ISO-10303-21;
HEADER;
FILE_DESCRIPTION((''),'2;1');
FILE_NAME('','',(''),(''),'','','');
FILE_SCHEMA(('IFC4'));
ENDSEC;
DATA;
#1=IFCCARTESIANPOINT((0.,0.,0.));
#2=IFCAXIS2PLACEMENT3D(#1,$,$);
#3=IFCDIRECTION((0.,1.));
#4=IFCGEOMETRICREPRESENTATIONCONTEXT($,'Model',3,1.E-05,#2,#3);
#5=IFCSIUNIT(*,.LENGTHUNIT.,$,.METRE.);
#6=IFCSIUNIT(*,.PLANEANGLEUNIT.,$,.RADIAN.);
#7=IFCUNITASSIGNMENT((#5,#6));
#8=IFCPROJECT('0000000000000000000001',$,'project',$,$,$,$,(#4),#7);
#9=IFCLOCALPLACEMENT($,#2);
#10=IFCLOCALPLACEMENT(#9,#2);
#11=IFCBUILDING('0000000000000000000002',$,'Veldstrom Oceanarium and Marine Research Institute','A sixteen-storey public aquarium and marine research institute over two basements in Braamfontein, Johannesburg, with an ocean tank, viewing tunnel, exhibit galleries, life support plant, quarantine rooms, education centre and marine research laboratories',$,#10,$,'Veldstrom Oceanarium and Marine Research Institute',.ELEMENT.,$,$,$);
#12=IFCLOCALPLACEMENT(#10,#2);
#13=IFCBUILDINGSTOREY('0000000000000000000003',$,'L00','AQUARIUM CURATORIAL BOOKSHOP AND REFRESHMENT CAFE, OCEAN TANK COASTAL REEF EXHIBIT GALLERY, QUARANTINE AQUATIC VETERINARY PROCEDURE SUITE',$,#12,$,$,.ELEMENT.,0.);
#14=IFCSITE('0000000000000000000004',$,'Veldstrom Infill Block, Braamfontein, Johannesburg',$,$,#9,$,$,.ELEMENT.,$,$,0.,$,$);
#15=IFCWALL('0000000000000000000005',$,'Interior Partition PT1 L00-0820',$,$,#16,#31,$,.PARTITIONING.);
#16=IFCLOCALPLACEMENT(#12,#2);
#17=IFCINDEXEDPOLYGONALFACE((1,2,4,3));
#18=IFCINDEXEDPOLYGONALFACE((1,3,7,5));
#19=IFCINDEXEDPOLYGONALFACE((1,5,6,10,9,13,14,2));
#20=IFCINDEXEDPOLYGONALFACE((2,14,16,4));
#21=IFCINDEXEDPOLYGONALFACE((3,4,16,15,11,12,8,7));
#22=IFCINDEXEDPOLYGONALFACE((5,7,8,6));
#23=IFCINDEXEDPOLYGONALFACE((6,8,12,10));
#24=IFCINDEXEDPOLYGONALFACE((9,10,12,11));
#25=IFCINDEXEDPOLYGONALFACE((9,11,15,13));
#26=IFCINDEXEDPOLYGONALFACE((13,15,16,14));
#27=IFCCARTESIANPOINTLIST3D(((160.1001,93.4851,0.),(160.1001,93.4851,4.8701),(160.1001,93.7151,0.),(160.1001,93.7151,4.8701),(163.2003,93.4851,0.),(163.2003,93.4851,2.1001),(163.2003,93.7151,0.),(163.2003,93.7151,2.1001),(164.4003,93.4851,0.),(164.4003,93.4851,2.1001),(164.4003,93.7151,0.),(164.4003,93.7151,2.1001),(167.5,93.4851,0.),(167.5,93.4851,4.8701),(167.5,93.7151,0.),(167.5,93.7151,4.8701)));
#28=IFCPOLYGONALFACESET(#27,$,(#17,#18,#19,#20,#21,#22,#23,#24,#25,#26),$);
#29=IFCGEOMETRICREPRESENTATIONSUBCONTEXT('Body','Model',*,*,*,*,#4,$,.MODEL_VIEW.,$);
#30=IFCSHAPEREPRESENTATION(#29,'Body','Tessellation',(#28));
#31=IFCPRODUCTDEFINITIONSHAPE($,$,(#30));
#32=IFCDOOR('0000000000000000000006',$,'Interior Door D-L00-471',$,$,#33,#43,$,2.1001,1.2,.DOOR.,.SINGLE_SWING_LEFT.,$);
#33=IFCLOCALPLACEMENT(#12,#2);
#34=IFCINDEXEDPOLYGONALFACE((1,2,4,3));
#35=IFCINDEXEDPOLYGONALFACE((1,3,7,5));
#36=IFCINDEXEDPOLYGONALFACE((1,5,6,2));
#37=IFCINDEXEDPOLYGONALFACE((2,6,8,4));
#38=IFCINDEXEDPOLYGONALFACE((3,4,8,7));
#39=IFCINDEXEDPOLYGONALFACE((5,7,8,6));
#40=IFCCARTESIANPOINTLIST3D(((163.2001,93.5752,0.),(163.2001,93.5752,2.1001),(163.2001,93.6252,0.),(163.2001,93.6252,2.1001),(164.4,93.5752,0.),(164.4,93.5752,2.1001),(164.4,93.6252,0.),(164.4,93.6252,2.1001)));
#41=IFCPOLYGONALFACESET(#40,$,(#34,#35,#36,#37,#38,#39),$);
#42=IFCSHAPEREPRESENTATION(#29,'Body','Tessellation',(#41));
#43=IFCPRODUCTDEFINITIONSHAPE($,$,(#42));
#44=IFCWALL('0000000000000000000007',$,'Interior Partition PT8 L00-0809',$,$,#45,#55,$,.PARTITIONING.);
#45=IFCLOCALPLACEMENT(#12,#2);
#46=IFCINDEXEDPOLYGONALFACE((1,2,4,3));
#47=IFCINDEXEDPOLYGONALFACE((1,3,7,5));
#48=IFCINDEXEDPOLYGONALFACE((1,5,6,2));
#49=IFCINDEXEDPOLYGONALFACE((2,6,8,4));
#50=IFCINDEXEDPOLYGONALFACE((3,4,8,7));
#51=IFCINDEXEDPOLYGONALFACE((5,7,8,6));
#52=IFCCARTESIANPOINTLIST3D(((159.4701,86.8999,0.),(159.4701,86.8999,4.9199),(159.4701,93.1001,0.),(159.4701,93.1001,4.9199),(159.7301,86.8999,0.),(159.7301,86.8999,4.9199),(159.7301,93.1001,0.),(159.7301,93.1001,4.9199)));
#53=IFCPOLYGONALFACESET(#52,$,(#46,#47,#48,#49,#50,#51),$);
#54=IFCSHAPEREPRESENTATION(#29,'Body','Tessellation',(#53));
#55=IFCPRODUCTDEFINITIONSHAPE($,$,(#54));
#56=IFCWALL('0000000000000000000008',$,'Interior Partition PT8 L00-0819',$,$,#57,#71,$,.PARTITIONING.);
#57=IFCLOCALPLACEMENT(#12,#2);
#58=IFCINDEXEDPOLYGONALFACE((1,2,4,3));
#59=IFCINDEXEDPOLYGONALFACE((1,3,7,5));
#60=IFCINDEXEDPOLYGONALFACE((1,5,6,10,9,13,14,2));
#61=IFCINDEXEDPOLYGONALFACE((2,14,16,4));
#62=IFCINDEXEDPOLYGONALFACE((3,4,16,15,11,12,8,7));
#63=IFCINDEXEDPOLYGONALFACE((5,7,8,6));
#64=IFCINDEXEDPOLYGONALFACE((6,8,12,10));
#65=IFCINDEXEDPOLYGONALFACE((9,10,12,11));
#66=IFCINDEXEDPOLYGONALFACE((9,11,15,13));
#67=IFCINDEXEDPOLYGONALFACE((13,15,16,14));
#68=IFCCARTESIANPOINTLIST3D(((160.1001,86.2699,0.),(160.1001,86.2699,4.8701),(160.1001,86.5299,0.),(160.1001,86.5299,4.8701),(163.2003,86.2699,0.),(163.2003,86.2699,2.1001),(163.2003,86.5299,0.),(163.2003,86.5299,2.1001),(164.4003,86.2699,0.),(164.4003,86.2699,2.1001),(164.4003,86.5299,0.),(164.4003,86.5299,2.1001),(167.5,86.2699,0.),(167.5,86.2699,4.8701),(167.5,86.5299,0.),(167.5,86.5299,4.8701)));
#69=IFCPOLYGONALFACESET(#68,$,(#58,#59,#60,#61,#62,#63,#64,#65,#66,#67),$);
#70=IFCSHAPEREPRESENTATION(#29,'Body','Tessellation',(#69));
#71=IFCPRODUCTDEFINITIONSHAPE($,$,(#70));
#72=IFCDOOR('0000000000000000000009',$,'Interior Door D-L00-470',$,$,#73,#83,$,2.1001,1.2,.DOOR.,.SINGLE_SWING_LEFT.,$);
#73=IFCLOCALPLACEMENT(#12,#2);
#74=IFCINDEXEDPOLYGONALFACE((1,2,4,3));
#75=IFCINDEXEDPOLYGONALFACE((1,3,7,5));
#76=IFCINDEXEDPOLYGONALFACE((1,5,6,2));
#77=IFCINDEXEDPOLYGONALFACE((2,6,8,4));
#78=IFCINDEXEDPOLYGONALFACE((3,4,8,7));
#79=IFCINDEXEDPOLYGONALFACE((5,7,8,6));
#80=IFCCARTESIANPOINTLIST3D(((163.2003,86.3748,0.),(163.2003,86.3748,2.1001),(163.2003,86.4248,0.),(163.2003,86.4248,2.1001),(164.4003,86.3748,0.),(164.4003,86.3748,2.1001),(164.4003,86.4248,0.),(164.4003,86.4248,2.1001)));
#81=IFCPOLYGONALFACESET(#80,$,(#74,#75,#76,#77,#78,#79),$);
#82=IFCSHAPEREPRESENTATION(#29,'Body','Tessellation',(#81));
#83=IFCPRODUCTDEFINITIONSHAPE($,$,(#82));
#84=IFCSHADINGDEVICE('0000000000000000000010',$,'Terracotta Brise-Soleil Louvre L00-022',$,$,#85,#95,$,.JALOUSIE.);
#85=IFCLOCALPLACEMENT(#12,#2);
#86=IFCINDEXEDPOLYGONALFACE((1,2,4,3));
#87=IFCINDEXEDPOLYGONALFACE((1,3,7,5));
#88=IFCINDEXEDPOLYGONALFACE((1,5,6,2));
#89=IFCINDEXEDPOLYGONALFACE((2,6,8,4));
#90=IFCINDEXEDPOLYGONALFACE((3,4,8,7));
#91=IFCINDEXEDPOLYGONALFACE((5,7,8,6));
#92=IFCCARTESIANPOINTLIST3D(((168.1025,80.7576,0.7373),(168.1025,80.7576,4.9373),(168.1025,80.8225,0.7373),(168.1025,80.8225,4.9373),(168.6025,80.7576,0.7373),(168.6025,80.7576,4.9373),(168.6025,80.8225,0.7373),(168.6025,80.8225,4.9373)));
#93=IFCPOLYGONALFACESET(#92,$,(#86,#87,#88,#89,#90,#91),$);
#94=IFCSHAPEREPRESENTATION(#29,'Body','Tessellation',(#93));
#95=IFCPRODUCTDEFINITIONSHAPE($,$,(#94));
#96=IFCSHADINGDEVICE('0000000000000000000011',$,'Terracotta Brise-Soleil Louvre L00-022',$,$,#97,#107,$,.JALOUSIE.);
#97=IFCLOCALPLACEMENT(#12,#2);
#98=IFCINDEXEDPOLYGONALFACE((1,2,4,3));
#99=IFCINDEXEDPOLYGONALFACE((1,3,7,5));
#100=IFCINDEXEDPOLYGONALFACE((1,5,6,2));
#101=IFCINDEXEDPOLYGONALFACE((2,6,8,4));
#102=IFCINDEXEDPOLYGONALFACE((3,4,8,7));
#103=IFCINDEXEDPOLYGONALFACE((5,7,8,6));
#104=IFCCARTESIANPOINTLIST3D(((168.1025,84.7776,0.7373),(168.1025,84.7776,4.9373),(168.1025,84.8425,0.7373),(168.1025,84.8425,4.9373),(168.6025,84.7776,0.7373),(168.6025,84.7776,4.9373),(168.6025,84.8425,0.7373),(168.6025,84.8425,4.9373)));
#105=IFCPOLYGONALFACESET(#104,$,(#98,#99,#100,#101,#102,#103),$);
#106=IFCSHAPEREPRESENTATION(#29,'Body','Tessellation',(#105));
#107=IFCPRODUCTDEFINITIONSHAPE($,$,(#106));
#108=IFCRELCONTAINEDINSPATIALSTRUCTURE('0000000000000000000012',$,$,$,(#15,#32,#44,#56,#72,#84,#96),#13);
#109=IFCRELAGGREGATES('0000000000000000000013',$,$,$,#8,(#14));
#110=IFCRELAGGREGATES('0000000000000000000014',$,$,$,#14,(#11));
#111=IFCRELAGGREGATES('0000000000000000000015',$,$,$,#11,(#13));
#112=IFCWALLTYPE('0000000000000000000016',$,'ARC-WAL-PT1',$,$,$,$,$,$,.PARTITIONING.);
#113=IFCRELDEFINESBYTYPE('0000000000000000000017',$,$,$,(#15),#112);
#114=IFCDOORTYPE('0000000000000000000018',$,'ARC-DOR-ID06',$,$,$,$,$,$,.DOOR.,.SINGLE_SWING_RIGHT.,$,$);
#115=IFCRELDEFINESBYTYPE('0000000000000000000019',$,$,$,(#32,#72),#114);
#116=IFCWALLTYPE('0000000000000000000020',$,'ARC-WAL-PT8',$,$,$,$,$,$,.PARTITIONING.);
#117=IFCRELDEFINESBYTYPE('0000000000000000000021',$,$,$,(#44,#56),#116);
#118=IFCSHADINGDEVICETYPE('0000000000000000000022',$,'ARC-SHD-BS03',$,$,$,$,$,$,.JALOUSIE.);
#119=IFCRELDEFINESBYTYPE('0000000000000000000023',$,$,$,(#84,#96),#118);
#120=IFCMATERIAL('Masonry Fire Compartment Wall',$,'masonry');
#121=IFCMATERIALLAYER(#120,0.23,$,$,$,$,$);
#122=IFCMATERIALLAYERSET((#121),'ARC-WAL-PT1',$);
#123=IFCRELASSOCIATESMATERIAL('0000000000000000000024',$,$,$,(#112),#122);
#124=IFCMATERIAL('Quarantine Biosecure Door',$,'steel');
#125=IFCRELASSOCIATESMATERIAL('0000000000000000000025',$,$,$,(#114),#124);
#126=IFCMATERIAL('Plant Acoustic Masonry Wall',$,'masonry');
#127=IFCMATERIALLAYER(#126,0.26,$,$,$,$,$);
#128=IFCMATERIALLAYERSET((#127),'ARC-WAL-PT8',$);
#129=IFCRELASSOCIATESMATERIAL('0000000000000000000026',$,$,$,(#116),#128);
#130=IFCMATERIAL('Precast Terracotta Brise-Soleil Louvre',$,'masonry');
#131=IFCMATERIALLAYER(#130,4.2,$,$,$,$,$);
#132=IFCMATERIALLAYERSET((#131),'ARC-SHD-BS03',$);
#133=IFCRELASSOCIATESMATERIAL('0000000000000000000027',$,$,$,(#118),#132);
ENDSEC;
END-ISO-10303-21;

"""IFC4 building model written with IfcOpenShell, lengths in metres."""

from ifc_helpers import new_model, si_unit, direction, frame, frame_2d, origin, origin_2d, place, context, subcontext, project, spatial, rectangle, extrude, material, layer, layer_set, type_object, element, fill, save


model = new_model("IFC4")

# Units and contexts
model_context = context("Model", 3, precision=1e-05, world=origin(), true_north=direction((0.0, 1.0)))
body_context = subcontext(model_context, "Body", "Model", "MODEL_VIEW")
ifc_project = project(units=[si_unit("LENGTHUNIT", "METRE"), si_unit("PLANEANGLEUNIT", "RADIAN")], contexts=[model_context])

# Site, building, storey
site_placement = place(None, origin())
site = spatial("IfcSite", under=ifc_project, at=site_placement, Name="Veldstrom Infill Block, Braamfontein, Johannesburg", CompositionType="ELEMENT", RefElevation=0.0)
building_placement = place(site_placement, origin())
building = spatial("IfcBuilding", under=site, at=building_placement, Name="Veldstrom Oceanarium and Marine Research Institute", Description="A sixteen-storey public aquarium and marine research institute over two basements in Braamfontein, Johannesburg, with an ocean tank, viewing tunnel, exhibit galleries, life support plant, quarantine rooms, education centre and marine research laboratories", LongName="Veldstrom Oceanarium and Marine Research Institute", CompositionType="ELEMENT")
storey_placement = place(building_placement, origin())
storey = spatial("IfcBuildingStorey", under=building, at=storey_placement, Name="L00", Description="AQUARIUM CURATORIAL BOOKSHOP AND REFRESHMENT CAFE, OCEAN TANK COASTAL REEF EXHIBIT GALLERY, QUARANTINE AQUATIC VETERINARY PROCEDURE SUITE", CompositionType="ELEMENT", Elevation=0.0)

# Shared definitions
ifc_material_1 = material(Name="Masonry Fire Compartment Wall", Category="masonry")
ifc_layer_1 = layer(ifc_material_1, 0.23)
ifc_layer_set_1 = layer_set([ifc_layer_1], Name="ARC-WAL-PT1")
wall_type_1 = type_object("IfcWallType", Name="ARC-WAL-PT1", PredefinedType="PARTITIONING", material=ifc_layer_set_1)

# Wall, opening, door
wall_1_placement = place(storey_placement, frame((160.1001, 93.6001, 0.0), z_axis=(0.0, 0.0, 1.0), x_axis=(1.0, 0.0, 0.0)))
wall_1 = element("IfcWall", 1, at=wall_1_placement, inside=storey, type_object=wall_type_1, Name="Interior Partition PT1 L00-0820", PredefinedType="PARTITIONING", context=body_context, shape_type="SweptSolid", body=[
    extrude(rectangle(XDim=7.3999, YDim=0.23, at=frame_2d((3.7, 0.0))), origin(), (0.0, 0.0, 1.0), 4.8701),
])
opening_1_placement = place(wall_1_placement, frame((3.1001, 0.0, 0.0)))
opening_1 = element("IfcOpeningElement", 2, at=opening_1_placement, cuts=wall_1, PredefinedType="OPENING", context=body_context, shape_type="SweptSolid", body=[
    extrude(rectangle(XDim=1.2, YDim=2.1001, at=frame_2d((0.6001, 1.05))), frame((0.0, 0.125, 0.0), z_axis=(0.0, -1.0, 0.0), x_axis=(1.0, 0.0, 0.0)), (0.0, 0.0, 1.0), 0.25),
])
ifc_material_2 = material(Name="Quarantine Biosecure Door", Category="steel")
door_type_1 = type_object("IfcDoorType", Name="ARC-DOR-ID06", OperationType="SINGLE_SWING_RIGHT", PredefinedType="DOOR", material=ifc_material_2)
door_1_placement = place(opening_1_placement, frame((1.2, 0.0, 0.0), z_axis=(0.0, 0.0, 1.0), x_axis=(-1.0, 0.0, 0.0)))
door_1 = element("IfcDoor", 3, at=door_1_placement, inside=storey, type_object=door_type_1, Name="Interior Door D-L00-471", OperationType="SINGLE_SWING_LEFT", OverallHeight=2.1001, OverallWidth=1.2, PredefinedType="DOOR", context=body_context, shape_type="SweptSolid", body=[
    extrude(rectangle(XDim=1.2, YDim=2.1001, at=frame_2d((0.6001, 1.05))), frame((0.0, 0.0249, 0.0), z_axis=(0.0, -1.0, 0.0), x_axis=(1.0, 0.0, 0.0)), (0.0, 0.0, 1.0), 0.05),
])
fill(opening_1, door_1)

# Wall
ifc_material_3 = material(Name="Plant Acoustic Masonry Wall", Category="masonry")
ifc_layer_2 = layer(ifc_material_3, 0.26)
ifc_layer_set_2 = layer_set([ifc_layer_2], Name="ARC-WAL-PT8")
wall_type_2 = type_object("IfcWallType", Name="ARC-WAL-PT8", PredefinedType="PARTITIONING", material=ifc_layer_set_2)
wall_2_placement = place(storey_placement, frame((159.6001, 86.8999, 0.0), z_axis=(0.0, 0.0, 1.0), x_axis=(0.0, 1.0, 0.0)))
element("IfcWall", 4, at=wall_2_placement, inside=storey, type_object=wall_type_2, Name="Interior Partition PT8 L00-0809", PredefinedType="PARTITIONING", context=body_context, shape_type="SweptSolid", body=[
    extrude(rectangle(XDim=6.2002, YDim=0.26, at=frame_2d((3.1001, 0.0))), origin(), (0.0, 0.0, 1.0), 4.9199),
])

# Wall, opening, door
wall_3_placement = place(storey_placement, frame((160.1001, 86.3999, 0.0), z_axis=(0.0, 0.0, 1.0), x_axis=(1.0, 0.0, 0.0)))
wall_3 = element("IfcWall", 5, at=wall_3_placement, inside=storey, type_object=wall_type_2, Name="Interior Partition PT8 L00-0819", PredefinedType="PARTITIONING", context=body_context, shape_type="SweptSolid", body=[
    extrude(rectangle(XDim=7.3999, YDim=0.26, at=frame_2d((3.7, 0.0))), origin(), (0.0, 0.0, 1.0), 4.8701),
])
opening_2_placement = place(wall_3_placement, frame((3.1001, 0.0, 0.0)))
opening_2 = element("IfcOpeningElement", 6, at=opening_2_placement, cuts=wall_3, PredefinedType="OPENING", context=body_context, shape_type="SweptSolid", body=[
    extrude(rectangle(XDim=1.2, YDim=2.1001, at=frame_2d((0.6001, 1.05))), frame((0.0, 0.1399, 0.0), z_axis=(0.0, -1.0, 0.0), x_axis=(1.0, 0.0, 0.0)), (0.0, 0.0, 1.0), 0.28),
])
door_2_placement = place(opening_2_placement, origin())
door_2 = element("IfcDoor", 7, at=door_2_placement, inside=storey, type_object=door_type_1, Name="Interior Door D-L00-470", OperationType="SINGLE_SWING_LEFT", OverallHeight=2.1001, OverallWidth=1.2, PredefinedType="DOOR", context=body_context, shape_type="SweptSolid", body=[
    extrude(rectangle(XDim=1.2, YDim=2.1001, at=frame_2d((0.6001, 1.05))), frame((0.0, 0.0249, 0.0), z_axis=(0.0, -1.0, 0.0), x_axis=(1.0, 0.0, 0.0)), (0.0, 0.0, 1.0), 0.05),
])
fill(opening_2, door_2)

# Shading devices
ifc_material_4 = material(Name="Precast Terracotta Brise-Soleil Louvre", Category="masonry")
ifc_layer_3 = layer(ifc_material_4, 4.2)
ifc_layer_set_3 = layer_set([ifc_layer_3], Name="ARC-SHD-BS03")
shading_device_type = type_object("IfcShadingDeviceType", Name="ARC-SHD-BS03", PredefinedType="JALOUSIE", material=ifc_layer_set_3)
for number, where, z_axis, x_axis, name in (
    (8, (168.3525, 80.79, 0.7373), (0.0, 0.0, 1.0), (1.0, 0.0, 0.0), "Terracotta Brise-Soleil Louvre L00-022"),
    (9, (168.3525, 84.8101, 0.7373), (0.0, 0.0, 1.0), (1.0, 0.0, 0.0), "Terracotta Brise-Soleil Louvre L00-022"),
):
    element("IfcShadingDevice", number, at=place(storey_placement, frame(where, z_axis=z_axis, x_axis=x_axis)), inside=storey, type_object=shading_device_type, Name=name, PredefinedType="JALOUSIE", context=body_context, shape_type="SweptSolid", body=[
        extrude(rectangle(XDim=0.5, YDim=0.0649, at=origin_2d()), origin(), (0.0, 0.0, 1.0), 4.2),
    ])

save(model, "model.ifc")
